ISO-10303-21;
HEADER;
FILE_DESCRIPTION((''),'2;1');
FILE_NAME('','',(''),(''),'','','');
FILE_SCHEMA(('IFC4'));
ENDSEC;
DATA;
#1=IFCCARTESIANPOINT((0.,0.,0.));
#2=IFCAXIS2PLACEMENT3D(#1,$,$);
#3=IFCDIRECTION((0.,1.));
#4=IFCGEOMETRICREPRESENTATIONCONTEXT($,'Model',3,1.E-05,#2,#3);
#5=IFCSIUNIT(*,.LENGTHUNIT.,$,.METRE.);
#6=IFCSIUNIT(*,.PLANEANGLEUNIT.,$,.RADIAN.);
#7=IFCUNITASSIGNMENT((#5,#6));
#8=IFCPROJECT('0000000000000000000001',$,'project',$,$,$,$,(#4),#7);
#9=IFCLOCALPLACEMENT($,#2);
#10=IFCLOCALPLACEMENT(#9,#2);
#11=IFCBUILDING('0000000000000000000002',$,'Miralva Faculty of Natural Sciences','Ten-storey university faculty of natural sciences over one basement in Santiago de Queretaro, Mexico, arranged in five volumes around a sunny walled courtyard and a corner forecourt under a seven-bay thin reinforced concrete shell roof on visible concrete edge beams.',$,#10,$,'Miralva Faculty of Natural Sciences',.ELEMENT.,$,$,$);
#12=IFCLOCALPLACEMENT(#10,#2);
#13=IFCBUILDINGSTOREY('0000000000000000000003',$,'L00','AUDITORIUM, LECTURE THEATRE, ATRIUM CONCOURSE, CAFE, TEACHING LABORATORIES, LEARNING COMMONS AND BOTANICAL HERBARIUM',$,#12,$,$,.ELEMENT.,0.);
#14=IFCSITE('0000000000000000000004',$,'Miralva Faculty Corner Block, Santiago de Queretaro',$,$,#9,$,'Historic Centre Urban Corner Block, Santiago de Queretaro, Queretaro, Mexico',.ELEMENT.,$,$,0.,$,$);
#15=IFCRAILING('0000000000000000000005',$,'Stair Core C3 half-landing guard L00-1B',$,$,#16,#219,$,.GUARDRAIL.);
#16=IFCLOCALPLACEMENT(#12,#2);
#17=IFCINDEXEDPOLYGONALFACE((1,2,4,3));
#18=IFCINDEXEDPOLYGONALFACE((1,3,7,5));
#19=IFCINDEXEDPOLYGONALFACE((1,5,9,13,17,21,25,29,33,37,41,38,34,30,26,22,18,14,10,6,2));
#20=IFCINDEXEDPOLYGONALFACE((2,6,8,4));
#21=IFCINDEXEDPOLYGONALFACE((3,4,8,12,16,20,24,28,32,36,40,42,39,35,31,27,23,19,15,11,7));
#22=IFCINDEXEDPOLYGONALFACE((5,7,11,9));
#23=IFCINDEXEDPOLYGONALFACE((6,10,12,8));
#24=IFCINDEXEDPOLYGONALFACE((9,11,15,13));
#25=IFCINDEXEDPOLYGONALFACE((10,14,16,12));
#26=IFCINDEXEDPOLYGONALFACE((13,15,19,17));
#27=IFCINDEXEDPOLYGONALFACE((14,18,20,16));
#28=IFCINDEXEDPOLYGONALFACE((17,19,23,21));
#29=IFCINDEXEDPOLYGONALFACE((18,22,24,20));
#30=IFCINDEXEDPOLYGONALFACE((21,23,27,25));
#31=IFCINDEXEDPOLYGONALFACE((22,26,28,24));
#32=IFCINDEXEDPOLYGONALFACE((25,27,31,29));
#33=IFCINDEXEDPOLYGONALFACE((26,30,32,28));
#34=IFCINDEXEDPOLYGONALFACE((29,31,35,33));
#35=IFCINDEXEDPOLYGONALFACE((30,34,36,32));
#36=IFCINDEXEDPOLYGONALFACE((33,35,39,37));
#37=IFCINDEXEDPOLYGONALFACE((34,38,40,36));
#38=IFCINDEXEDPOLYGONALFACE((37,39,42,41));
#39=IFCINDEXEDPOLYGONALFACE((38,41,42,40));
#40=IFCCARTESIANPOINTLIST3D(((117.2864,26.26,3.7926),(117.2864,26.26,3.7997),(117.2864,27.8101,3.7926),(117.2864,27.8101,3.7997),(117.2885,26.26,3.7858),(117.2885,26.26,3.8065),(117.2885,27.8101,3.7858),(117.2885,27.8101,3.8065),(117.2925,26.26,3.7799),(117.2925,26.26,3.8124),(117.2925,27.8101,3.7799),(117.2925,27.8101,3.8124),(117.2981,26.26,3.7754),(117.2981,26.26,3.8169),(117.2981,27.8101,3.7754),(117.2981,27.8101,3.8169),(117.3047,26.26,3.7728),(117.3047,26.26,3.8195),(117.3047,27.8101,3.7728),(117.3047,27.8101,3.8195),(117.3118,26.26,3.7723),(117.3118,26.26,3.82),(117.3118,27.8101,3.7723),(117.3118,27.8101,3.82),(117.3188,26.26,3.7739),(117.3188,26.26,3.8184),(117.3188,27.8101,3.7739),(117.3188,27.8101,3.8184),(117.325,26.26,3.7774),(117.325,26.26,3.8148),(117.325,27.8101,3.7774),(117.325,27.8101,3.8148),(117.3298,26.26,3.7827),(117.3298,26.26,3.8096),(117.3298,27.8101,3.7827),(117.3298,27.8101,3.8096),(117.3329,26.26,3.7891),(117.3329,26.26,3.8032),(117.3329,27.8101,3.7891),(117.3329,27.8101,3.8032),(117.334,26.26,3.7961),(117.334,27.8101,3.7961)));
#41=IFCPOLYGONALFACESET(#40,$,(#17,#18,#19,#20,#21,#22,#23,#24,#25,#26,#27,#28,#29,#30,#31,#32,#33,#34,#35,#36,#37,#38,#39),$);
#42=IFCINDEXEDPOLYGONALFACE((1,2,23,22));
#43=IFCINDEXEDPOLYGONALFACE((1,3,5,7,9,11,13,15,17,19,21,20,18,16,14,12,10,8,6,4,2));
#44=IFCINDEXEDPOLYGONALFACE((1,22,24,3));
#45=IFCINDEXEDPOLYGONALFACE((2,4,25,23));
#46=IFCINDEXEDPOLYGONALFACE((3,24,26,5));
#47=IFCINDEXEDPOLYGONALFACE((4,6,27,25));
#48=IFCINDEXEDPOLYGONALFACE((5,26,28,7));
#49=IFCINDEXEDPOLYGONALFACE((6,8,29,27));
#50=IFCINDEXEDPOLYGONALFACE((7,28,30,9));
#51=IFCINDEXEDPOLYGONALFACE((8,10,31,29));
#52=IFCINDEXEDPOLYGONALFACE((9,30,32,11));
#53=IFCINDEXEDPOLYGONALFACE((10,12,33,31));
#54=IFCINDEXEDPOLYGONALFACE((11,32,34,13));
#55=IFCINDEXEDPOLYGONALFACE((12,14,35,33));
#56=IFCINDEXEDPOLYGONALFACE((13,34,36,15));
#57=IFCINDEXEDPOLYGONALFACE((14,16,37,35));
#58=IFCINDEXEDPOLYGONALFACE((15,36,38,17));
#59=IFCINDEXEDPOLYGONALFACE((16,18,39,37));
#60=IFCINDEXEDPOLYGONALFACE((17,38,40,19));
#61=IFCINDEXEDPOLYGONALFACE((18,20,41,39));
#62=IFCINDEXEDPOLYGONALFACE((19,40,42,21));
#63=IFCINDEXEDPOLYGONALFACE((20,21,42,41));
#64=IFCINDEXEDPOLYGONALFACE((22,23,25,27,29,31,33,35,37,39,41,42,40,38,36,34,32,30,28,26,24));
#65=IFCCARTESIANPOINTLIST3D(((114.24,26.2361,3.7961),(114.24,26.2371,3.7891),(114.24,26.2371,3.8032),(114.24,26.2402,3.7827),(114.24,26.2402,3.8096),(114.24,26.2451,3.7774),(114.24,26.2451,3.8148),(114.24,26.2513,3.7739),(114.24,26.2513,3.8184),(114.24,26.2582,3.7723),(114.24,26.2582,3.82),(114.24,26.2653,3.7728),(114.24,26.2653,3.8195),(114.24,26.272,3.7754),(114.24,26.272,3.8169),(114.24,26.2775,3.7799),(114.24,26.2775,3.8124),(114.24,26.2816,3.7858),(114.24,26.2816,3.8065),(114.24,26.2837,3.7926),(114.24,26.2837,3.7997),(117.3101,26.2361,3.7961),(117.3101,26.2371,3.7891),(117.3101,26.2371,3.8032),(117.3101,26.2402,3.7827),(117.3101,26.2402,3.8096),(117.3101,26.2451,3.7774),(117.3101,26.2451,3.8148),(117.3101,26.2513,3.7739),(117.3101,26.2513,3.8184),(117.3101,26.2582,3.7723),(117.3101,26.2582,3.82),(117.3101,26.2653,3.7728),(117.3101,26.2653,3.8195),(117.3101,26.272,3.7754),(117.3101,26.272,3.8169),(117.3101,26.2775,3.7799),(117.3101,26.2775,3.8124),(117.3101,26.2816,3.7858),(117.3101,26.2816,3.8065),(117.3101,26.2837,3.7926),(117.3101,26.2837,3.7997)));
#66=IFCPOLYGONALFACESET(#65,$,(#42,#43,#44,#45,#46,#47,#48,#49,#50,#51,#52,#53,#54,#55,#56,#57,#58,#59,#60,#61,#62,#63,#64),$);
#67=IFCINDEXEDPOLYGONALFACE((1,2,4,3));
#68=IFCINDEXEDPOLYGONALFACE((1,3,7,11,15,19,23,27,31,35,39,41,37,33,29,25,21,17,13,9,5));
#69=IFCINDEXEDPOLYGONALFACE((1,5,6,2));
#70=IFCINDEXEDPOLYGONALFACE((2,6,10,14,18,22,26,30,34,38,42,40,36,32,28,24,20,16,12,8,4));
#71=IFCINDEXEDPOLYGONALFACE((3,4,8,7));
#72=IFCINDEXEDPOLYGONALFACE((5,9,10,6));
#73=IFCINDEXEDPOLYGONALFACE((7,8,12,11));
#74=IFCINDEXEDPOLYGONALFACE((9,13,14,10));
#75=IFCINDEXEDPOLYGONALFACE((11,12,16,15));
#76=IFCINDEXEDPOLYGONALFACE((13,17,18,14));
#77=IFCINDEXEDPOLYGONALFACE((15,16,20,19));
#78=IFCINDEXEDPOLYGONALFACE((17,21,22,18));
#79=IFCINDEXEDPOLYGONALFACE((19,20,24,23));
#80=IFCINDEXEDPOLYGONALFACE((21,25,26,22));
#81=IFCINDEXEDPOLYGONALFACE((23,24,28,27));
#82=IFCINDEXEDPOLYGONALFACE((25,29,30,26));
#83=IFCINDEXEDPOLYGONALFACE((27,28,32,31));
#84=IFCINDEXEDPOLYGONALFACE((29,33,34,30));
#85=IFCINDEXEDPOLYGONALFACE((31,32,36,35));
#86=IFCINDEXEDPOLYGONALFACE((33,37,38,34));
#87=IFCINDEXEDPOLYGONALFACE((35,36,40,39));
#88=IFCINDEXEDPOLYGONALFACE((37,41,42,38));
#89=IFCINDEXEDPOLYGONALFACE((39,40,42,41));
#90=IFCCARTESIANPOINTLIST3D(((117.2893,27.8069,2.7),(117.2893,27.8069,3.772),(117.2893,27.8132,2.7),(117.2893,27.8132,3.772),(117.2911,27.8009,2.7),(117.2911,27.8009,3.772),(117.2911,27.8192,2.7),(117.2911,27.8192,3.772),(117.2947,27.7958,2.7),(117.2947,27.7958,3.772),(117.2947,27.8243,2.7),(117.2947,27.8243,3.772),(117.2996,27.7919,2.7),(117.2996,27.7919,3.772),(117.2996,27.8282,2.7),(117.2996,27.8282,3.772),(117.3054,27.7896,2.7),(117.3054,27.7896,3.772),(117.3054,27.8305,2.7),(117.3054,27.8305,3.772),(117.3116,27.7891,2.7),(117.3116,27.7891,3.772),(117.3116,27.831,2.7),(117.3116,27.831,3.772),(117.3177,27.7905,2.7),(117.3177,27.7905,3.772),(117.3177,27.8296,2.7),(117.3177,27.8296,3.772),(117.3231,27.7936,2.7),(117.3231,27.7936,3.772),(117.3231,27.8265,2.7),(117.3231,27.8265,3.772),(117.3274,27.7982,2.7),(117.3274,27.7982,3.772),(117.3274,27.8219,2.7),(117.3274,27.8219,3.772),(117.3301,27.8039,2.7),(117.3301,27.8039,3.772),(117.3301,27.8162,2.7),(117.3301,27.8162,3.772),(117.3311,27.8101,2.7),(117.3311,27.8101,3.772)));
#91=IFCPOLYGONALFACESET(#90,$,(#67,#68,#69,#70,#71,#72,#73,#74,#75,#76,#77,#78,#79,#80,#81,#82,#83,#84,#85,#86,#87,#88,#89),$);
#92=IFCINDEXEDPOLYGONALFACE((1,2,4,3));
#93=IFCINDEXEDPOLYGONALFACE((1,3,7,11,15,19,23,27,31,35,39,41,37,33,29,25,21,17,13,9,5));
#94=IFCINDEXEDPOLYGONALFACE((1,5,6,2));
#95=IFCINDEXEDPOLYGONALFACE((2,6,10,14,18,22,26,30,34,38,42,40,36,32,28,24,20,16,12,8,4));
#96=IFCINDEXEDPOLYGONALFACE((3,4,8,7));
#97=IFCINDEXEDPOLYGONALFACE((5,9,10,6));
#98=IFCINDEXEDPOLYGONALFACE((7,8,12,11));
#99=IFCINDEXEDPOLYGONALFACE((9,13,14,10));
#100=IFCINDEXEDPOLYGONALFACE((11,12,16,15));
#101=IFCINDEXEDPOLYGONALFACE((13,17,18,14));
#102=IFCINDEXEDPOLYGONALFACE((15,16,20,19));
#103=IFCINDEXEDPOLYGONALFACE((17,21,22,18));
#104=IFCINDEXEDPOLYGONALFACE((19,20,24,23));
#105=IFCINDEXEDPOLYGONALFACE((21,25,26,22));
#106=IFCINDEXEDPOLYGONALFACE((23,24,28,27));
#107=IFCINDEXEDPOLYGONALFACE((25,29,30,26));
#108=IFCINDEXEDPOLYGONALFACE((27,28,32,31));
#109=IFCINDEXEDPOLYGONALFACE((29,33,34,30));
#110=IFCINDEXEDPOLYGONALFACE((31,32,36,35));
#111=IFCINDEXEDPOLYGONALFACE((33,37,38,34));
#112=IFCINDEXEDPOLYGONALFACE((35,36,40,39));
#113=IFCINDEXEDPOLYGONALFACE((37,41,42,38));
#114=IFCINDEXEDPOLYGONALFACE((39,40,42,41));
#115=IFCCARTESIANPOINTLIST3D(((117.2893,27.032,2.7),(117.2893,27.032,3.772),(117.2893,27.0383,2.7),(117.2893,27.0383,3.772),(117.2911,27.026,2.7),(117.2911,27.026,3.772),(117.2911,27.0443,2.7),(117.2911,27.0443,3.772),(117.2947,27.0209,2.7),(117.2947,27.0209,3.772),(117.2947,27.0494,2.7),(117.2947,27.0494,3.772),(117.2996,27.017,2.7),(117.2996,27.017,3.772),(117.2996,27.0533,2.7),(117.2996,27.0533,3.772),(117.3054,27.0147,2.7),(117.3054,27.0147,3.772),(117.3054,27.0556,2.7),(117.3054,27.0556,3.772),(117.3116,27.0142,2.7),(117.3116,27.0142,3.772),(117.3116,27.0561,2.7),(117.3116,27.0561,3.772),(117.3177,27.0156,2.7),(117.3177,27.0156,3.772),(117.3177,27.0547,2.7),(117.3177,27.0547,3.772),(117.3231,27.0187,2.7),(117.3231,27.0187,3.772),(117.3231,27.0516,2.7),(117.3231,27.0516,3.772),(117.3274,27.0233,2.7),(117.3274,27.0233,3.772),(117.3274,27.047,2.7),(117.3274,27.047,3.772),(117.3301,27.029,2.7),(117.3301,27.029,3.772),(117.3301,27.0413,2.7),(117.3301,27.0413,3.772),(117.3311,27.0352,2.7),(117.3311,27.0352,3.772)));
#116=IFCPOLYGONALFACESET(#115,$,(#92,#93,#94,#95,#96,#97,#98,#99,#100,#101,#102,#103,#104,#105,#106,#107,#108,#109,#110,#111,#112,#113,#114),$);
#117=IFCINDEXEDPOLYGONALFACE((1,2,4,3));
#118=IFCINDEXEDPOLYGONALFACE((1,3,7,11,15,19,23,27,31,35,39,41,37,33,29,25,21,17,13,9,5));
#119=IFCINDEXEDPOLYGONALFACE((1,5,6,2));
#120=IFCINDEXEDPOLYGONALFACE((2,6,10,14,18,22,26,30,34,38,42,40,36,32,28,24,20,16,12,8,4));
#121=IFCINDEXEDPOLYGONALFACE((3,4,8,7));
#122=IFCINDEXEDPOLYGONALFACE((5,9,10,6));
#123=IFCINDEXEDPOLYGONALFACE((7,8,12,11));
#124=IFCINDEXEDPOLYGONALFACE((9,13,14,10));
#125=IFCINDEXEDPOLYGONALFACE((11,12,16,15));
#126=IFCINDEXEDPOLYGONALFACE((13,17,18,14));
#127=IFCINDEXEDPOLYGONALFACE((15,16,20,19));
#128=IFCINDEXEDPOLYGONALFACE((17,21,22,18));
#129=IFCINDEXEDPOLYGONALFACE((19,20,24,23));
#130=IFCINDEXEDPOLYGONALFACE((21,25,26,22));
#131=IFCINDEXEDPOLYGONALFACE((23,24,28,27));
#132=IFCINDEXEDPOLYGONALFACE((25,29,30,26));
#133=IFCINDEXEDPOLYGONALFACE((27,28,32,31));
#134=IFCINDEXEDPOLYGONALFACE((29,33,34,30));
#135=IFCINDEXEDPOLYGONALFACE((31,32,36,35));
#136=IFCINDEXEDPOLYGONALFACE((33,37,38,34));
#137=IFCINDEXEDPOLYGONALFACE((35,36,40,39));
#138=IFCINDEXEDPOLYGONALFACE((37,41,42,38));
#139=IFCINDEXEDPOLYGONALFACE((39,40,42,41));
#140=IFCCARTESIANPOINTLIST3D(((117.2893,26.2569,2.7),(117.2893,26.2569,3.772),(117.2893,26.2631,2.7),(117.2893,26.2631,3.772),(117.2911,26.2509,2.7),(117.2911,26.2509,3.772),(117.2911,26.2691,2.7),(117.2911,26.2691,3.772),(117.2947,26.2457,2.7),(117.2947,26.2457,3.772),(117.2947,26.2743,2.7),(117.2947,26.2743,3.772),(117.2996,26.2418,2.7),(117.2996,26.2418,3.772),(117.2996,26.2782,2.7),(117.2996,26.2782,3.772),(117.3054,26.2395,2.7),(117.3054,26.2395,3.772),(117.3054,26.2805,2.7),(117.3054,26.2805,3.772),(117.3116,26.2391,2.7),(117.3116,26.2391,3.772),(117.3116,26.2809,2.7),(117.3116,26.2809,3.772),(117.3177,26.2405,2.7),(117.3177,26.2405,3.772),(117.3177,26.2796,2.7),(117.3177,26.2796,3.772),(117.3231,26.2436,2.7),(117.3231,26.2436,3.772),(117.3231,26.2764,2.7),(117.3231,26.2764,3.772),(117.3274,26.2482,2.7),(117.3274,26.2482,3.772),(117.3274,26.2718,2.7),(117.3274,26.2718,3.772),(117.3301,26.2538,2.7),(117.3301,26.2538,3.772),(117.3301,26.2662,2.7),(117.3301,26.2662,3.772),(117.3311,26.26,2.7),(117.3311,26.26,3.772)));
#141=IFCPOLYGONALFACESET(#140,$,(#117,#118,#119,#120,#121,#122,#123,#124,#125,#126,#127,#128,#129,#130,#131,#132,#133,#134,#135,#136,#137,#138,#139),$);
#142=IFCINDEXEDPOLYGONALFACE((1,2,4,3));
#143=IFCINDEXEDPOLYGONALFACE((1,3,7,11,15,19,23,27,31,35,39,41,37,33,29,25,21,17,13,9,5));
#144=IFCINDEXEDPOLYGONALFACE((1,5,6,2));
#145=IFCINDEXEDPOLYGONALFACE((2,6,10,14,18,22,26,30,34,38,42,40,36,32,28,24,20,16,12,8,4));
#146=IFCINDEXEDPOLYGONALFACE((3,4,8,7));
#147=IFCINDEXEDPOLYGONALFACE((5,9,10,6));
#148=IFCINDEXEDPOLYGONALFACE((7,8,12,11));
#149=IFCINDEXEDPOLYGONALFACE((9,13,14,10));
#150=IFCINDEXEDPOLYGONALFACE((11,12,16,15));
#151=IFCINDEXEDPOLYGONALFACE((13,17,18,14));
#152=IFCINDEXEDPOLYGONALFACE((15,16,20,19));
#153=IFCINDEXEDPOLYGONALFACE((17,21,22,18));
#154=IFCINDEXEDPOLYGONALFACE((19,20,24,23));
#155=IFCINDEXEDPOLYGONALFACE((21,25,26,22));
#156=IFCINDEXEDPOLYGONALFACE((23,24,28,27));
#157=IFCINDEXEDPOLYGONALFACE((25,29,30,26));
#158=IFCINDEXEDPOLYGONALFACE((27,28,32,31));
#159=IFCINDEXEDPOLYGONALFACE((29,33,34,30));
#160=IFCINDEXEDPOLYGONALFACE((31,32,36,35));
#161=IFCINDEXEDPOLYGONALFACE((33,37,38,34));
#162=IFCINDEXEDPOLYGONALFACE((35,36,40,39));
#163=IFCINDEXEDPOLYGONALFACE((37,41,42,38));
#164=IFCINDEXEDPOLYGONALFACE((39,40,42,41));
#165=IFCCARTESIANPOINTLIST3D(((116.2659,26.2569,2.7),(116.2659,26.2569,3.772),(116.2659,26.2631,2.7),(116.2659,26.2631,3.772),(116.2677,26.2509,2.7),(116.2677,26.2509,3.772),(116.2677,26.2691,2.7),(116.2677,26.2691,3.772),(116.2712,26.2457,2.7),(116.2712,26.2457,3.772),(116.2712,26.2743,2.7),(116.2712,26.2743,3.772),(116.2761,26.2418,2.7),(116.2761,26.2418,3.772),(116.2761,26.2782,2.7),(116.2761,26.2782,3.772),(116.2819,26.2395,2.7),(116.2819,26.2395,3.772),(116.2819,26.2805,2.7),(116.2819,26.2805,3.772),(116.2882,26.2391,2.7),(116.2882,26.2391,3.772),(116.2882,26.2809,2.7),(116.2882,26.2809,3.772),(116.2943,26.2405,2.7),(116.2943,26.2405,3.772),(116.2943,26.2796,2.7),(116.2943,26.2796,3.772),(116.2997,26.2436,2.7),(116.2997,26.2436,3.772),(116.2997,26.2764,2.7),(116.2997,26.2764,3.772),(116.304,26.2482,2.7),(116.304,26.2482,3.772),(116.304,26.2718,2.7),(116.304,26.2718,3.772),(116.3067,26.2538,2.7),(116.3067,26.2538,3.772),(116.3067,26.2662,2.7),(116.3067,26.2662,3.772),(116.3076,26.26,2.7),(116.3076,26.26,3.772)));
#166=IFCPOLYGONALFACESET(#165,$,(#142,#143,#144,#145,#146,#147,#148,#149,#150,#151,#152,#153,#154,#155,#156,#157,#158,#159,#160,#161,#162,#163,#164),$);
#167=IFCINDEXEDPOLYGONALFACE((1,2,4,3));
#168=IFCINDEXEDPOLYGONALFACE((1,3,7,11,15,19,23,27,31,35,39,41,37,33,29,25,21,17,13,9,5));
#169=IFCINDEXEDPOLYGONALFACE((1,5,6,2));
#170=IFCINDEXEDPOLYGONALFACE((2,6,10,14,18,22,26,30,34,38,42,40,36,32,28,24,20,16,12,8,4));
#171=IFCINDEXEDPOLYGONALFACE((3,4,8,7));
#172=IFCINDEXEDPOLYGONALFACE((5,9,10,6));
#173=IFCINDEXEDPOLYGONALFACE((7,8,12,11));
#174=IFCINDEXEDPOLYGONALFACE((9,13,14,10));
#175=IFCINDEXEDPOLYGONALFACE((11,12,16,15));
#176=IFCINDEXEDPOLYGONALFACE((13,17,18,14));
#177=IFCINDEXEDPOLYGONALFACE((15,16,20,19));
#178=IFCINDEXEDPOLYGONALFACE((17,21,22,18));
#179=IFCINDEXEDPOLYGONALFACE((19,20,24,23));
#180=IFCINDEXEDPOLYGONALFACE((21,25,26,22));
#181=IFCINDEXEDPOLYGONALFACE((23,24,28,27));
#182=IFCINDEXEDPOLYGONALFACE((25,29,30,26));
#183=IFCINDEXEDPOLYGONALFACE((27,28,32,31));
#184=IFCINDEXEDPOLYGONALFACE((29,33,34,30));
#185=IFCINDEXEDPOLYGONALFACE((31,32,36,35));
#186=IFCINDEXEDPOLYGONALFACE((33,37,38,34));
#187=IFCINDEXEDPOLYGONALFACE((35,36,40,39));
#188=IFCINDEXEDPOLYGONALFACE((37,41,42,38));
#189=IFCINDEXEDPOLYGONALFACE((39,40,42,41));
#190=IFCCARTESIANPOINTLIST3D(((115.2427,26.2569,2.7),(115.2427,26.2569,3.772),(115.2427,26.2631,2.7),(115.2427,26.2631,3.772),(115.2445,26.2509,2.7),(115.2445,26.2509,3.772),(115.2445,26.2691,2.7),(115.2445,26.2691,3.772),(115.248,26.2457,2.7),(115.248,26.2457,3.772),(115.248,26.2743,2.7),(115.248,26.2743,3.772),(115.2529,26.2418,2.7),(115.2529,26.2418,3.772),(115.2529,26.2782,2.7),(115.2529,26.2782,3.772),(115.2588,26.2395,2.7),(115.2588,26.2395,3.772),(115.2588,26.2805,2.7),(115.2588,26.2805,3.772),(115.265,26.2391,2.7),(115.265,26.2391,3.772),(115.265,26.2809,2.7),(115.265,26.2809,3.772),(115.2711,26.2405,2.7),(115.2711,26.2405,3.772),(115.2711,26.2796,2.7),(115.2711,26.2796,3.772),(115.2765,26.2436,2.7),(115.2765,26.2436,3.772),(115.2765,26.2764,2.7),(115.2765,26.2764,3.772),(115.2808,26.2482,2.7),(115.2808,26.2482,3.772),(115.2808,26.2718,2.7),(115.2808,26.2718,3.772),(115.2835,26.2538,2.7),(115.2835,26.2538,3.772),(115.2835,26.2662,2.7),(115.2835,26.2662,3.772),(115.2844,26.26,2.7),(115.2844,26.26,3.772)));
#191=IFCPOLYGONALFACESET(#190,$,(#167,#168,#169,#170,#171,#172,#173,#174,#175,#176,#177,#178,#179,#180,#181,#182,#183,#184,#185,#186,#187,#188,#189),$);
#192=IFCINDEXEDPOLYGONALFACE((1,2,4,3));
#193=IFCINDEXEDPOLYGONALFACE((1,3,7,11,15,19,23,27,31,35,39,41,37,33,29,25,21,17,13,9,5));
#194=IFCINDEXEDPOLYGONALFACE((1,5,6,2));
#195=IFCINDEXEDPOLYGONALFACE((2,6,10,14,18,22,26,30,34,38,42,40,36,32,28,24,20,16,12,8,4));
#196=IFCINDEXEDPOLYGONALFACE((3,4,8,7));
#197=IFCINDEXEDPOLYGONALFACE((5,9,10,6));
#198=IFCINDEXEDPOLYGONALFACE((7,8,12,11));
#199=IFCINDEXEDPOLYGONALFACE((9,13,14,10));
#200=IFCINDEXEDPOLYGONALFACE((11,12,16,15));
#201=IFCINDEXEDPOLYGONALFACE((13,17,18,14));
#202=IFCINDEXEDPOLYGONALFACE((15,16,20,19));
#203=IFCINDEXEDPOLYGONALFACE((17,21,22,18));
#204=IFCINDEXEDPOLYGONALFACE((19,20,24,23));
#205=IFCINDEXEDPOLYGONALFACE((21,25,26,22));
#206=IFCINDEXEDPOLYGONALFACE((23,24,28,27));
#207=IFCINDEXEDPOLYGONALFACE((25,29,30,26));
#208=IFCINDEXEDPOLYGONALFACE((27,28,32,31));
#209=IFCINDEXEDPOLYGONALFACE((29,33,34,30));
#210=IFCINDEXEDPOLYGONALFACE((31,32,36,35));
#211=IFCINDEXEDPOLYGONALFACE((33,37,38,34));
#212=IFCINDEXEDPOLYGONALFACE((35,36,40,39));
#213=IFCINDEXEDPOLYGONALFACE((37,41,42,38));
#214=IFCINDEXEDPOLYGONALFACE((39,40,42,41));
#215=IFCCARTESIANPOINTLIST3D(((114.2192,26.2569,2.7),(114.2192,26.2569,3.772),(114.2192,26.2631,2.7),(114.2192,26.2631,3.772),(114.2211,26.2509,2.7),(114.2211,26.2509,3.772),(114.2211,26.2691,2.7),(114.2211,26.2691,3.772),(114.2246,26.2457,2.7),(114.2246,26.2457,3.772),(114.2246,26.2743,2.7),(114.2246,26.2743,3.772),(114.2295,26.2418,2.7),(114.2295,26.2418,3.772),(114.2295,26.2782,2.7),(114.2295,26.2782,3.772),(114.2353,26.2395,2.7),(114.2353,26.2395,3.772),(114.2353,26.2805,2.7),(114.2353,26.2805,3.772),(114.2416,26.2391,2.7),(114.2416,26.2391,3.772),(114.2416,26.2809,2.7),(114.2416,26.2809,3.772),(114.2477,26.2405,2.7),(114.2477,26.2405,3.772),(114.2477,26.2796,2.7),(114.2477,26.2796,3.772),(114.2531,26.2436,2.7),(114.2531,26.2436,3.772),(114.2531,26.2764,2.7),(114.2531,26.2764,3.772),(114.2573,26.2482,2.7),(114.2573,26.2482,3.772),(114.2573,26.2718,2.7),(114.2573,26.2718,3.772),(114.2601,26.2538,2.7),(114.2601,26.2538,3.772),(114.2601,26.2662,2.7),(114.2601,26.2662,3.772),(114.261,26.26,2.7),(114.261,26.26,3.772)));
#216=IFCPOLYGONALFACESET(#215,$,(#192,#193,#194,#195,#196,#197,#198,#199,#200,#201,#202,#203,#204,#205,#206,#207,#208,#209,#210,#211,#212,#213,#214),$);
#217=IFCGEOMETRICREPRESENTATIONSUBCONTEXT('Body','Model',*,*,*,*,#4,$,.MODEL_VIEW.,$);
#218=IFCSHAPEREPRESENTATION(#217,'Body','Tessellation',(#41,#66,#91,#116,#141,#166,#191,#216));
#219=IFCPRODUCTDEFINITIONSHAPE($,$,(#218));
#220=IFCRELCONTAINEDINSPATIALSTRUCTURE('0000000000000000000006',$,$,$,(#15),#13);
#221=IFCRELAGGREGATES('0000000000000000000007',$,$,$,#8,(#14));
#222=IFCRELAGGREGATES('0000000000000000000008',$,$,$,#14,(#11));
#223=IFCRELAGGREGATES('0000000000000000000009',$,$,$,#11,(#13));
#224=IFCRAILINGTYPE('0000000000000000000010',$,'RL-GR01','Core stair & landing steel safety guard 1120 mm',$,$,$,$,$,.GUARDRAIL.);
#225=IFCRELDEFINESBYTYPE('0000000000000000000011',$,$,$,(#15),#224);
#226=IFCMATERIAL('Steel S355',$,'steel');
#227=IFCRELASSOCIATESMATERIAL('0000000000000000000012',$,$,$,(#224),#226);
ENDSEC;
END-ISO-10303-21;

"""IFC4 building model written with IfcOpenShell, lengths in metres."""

from ifc_helpers import new_model, si_unit, direction, frame, origin, origin_2d, place, context, subcontext, project, spatial, circle, extrude, material, type_object, element, save


model = new_model("IFC4")

# Units and contexts
model_context = context("Model", 3, precision=1e-05, world=origin(), true_north=direction((0.0, 1.0)))
body_context = subcontext(model_context, "Body", "Model", "MODEL_VIEW")
ifc_project = project(units=[si_unit("LENGTHUNIT", "METRE"), si_unit("PLANEANGLEUNIT", "RADIAN")], contexts=[model_context])

# Site, building, storey
site_placement = place(None, origin())
site = spatial("IfcSite", under=ifc_project, at=site_placement, Name="Miralva Faculty Corner Block, Santiago de Queretaro", LongName="Historic Centre Urban Corner Block, Santiago de Queretaro, Queretaro, Mexico", CompositionType="ELEMENT", RefElevation=0.0)
building_placement = place(site_placement, origin())
building = spatial("IfcBuilding", under=site, at=building_placement, Name="Miralva Faculty of Natural Sciences", Description="Ten-storey university faculty of natural sciences over one basement in Santiago de Queretaro, Mexico, arranged in five volumes around a sunny walled courtyard and a corner forecourt under a seven-bay thin reinforced concrete shell roof on visible concrete edge beams.", LongName="Miralva Faculty of Natural Sciences", CompositionType="ELEMENT")
storey_placement = place(building_placement, origin())
storey = spatial("IfcBuildingStorey", under=building, at=storey_placement, Name="L00", Description="AUDITORIUM, LECTURE THEATRE, ATRIUM CONCOURSE, CAFE, TEACHING LABORATORIES, LEARNING COMMONS AND BOTANICAL HERBARIUM", CompositionType="ELEMENT", Elevation=0.0)

# Railing
ifc_material_1 = material(Name="Steel S355", Category="steel")
railing_type_1 = type_object("IfcRailingType", Name="RL-GR01", Description="Core stair & landing steel safety guard 1120 mm", PredefinedType="GUARDRAIL", material=ifc_material_1)
railing_1_placement = place(storey_placement, frame((117.3101, 27.8101, 2.7)))
element("IfcRailing", 1, at=railing_1_placement, inside=storey, type_object=railing_type_1, Name="Stair Core C3 half-landing guard L00-1B", PredefinedType="GUARDRAIL", context=body_context, shape_type="SweptSolid", body=[
    extrude(circle(Radius=0.0239, at=origin_2d()), frame((0.0, 0.0, 1.0962), z_axis=(0.0, -1.0, 0.0), x_axis=(1.0, 0.0, 0.0)), (0.0, 0.0, 1.0), 1.55),
    extrude(circle(Radius=0.0239, at=origin_2d()), frame((0.0, -1.55, 1.0962), z_axis=(-1.0, 0.0, 0.0), x_axis=(0.0, -1.0, 0.0)), (0.0, 0.0, 1.0), 3.0701),
    extrude(circle(Radius=0.021, at=origin_2d()), origin(), (0.0, 0.0, 1.0), 1.072),
    extrude(circle(Radius=0.021, at=origin_2d()), frame((0.0, -0.7749, 0.0)), (0.0, 0.0, 1.0), 1.072),
    extrude(circle(Radius=0.021, at=origin_2d()), frame((0.0, -1.55, 0.0)), (0.0, 0.0, 1.0), 1.072),
    extrude(circle(Radius=0.021, at=origin_2d()), frame((-1.0234, -1.55, 0.0)), (0.0, 0.0, 1.0), 1.072),
    extrude(circle(Radius=0.021, at=origin_2d()), frame((-2.0466, -1.55, 0.0)), (0.0, 0.0, 1.0), 1.072),
    extrude(circle(Radius=0.021, at=origin_2d()), frame((-3.0701, -1.55, 0.0)), (0.0, 0.0, 1.0), 1.072),
])

save(model, "model.ifc")
